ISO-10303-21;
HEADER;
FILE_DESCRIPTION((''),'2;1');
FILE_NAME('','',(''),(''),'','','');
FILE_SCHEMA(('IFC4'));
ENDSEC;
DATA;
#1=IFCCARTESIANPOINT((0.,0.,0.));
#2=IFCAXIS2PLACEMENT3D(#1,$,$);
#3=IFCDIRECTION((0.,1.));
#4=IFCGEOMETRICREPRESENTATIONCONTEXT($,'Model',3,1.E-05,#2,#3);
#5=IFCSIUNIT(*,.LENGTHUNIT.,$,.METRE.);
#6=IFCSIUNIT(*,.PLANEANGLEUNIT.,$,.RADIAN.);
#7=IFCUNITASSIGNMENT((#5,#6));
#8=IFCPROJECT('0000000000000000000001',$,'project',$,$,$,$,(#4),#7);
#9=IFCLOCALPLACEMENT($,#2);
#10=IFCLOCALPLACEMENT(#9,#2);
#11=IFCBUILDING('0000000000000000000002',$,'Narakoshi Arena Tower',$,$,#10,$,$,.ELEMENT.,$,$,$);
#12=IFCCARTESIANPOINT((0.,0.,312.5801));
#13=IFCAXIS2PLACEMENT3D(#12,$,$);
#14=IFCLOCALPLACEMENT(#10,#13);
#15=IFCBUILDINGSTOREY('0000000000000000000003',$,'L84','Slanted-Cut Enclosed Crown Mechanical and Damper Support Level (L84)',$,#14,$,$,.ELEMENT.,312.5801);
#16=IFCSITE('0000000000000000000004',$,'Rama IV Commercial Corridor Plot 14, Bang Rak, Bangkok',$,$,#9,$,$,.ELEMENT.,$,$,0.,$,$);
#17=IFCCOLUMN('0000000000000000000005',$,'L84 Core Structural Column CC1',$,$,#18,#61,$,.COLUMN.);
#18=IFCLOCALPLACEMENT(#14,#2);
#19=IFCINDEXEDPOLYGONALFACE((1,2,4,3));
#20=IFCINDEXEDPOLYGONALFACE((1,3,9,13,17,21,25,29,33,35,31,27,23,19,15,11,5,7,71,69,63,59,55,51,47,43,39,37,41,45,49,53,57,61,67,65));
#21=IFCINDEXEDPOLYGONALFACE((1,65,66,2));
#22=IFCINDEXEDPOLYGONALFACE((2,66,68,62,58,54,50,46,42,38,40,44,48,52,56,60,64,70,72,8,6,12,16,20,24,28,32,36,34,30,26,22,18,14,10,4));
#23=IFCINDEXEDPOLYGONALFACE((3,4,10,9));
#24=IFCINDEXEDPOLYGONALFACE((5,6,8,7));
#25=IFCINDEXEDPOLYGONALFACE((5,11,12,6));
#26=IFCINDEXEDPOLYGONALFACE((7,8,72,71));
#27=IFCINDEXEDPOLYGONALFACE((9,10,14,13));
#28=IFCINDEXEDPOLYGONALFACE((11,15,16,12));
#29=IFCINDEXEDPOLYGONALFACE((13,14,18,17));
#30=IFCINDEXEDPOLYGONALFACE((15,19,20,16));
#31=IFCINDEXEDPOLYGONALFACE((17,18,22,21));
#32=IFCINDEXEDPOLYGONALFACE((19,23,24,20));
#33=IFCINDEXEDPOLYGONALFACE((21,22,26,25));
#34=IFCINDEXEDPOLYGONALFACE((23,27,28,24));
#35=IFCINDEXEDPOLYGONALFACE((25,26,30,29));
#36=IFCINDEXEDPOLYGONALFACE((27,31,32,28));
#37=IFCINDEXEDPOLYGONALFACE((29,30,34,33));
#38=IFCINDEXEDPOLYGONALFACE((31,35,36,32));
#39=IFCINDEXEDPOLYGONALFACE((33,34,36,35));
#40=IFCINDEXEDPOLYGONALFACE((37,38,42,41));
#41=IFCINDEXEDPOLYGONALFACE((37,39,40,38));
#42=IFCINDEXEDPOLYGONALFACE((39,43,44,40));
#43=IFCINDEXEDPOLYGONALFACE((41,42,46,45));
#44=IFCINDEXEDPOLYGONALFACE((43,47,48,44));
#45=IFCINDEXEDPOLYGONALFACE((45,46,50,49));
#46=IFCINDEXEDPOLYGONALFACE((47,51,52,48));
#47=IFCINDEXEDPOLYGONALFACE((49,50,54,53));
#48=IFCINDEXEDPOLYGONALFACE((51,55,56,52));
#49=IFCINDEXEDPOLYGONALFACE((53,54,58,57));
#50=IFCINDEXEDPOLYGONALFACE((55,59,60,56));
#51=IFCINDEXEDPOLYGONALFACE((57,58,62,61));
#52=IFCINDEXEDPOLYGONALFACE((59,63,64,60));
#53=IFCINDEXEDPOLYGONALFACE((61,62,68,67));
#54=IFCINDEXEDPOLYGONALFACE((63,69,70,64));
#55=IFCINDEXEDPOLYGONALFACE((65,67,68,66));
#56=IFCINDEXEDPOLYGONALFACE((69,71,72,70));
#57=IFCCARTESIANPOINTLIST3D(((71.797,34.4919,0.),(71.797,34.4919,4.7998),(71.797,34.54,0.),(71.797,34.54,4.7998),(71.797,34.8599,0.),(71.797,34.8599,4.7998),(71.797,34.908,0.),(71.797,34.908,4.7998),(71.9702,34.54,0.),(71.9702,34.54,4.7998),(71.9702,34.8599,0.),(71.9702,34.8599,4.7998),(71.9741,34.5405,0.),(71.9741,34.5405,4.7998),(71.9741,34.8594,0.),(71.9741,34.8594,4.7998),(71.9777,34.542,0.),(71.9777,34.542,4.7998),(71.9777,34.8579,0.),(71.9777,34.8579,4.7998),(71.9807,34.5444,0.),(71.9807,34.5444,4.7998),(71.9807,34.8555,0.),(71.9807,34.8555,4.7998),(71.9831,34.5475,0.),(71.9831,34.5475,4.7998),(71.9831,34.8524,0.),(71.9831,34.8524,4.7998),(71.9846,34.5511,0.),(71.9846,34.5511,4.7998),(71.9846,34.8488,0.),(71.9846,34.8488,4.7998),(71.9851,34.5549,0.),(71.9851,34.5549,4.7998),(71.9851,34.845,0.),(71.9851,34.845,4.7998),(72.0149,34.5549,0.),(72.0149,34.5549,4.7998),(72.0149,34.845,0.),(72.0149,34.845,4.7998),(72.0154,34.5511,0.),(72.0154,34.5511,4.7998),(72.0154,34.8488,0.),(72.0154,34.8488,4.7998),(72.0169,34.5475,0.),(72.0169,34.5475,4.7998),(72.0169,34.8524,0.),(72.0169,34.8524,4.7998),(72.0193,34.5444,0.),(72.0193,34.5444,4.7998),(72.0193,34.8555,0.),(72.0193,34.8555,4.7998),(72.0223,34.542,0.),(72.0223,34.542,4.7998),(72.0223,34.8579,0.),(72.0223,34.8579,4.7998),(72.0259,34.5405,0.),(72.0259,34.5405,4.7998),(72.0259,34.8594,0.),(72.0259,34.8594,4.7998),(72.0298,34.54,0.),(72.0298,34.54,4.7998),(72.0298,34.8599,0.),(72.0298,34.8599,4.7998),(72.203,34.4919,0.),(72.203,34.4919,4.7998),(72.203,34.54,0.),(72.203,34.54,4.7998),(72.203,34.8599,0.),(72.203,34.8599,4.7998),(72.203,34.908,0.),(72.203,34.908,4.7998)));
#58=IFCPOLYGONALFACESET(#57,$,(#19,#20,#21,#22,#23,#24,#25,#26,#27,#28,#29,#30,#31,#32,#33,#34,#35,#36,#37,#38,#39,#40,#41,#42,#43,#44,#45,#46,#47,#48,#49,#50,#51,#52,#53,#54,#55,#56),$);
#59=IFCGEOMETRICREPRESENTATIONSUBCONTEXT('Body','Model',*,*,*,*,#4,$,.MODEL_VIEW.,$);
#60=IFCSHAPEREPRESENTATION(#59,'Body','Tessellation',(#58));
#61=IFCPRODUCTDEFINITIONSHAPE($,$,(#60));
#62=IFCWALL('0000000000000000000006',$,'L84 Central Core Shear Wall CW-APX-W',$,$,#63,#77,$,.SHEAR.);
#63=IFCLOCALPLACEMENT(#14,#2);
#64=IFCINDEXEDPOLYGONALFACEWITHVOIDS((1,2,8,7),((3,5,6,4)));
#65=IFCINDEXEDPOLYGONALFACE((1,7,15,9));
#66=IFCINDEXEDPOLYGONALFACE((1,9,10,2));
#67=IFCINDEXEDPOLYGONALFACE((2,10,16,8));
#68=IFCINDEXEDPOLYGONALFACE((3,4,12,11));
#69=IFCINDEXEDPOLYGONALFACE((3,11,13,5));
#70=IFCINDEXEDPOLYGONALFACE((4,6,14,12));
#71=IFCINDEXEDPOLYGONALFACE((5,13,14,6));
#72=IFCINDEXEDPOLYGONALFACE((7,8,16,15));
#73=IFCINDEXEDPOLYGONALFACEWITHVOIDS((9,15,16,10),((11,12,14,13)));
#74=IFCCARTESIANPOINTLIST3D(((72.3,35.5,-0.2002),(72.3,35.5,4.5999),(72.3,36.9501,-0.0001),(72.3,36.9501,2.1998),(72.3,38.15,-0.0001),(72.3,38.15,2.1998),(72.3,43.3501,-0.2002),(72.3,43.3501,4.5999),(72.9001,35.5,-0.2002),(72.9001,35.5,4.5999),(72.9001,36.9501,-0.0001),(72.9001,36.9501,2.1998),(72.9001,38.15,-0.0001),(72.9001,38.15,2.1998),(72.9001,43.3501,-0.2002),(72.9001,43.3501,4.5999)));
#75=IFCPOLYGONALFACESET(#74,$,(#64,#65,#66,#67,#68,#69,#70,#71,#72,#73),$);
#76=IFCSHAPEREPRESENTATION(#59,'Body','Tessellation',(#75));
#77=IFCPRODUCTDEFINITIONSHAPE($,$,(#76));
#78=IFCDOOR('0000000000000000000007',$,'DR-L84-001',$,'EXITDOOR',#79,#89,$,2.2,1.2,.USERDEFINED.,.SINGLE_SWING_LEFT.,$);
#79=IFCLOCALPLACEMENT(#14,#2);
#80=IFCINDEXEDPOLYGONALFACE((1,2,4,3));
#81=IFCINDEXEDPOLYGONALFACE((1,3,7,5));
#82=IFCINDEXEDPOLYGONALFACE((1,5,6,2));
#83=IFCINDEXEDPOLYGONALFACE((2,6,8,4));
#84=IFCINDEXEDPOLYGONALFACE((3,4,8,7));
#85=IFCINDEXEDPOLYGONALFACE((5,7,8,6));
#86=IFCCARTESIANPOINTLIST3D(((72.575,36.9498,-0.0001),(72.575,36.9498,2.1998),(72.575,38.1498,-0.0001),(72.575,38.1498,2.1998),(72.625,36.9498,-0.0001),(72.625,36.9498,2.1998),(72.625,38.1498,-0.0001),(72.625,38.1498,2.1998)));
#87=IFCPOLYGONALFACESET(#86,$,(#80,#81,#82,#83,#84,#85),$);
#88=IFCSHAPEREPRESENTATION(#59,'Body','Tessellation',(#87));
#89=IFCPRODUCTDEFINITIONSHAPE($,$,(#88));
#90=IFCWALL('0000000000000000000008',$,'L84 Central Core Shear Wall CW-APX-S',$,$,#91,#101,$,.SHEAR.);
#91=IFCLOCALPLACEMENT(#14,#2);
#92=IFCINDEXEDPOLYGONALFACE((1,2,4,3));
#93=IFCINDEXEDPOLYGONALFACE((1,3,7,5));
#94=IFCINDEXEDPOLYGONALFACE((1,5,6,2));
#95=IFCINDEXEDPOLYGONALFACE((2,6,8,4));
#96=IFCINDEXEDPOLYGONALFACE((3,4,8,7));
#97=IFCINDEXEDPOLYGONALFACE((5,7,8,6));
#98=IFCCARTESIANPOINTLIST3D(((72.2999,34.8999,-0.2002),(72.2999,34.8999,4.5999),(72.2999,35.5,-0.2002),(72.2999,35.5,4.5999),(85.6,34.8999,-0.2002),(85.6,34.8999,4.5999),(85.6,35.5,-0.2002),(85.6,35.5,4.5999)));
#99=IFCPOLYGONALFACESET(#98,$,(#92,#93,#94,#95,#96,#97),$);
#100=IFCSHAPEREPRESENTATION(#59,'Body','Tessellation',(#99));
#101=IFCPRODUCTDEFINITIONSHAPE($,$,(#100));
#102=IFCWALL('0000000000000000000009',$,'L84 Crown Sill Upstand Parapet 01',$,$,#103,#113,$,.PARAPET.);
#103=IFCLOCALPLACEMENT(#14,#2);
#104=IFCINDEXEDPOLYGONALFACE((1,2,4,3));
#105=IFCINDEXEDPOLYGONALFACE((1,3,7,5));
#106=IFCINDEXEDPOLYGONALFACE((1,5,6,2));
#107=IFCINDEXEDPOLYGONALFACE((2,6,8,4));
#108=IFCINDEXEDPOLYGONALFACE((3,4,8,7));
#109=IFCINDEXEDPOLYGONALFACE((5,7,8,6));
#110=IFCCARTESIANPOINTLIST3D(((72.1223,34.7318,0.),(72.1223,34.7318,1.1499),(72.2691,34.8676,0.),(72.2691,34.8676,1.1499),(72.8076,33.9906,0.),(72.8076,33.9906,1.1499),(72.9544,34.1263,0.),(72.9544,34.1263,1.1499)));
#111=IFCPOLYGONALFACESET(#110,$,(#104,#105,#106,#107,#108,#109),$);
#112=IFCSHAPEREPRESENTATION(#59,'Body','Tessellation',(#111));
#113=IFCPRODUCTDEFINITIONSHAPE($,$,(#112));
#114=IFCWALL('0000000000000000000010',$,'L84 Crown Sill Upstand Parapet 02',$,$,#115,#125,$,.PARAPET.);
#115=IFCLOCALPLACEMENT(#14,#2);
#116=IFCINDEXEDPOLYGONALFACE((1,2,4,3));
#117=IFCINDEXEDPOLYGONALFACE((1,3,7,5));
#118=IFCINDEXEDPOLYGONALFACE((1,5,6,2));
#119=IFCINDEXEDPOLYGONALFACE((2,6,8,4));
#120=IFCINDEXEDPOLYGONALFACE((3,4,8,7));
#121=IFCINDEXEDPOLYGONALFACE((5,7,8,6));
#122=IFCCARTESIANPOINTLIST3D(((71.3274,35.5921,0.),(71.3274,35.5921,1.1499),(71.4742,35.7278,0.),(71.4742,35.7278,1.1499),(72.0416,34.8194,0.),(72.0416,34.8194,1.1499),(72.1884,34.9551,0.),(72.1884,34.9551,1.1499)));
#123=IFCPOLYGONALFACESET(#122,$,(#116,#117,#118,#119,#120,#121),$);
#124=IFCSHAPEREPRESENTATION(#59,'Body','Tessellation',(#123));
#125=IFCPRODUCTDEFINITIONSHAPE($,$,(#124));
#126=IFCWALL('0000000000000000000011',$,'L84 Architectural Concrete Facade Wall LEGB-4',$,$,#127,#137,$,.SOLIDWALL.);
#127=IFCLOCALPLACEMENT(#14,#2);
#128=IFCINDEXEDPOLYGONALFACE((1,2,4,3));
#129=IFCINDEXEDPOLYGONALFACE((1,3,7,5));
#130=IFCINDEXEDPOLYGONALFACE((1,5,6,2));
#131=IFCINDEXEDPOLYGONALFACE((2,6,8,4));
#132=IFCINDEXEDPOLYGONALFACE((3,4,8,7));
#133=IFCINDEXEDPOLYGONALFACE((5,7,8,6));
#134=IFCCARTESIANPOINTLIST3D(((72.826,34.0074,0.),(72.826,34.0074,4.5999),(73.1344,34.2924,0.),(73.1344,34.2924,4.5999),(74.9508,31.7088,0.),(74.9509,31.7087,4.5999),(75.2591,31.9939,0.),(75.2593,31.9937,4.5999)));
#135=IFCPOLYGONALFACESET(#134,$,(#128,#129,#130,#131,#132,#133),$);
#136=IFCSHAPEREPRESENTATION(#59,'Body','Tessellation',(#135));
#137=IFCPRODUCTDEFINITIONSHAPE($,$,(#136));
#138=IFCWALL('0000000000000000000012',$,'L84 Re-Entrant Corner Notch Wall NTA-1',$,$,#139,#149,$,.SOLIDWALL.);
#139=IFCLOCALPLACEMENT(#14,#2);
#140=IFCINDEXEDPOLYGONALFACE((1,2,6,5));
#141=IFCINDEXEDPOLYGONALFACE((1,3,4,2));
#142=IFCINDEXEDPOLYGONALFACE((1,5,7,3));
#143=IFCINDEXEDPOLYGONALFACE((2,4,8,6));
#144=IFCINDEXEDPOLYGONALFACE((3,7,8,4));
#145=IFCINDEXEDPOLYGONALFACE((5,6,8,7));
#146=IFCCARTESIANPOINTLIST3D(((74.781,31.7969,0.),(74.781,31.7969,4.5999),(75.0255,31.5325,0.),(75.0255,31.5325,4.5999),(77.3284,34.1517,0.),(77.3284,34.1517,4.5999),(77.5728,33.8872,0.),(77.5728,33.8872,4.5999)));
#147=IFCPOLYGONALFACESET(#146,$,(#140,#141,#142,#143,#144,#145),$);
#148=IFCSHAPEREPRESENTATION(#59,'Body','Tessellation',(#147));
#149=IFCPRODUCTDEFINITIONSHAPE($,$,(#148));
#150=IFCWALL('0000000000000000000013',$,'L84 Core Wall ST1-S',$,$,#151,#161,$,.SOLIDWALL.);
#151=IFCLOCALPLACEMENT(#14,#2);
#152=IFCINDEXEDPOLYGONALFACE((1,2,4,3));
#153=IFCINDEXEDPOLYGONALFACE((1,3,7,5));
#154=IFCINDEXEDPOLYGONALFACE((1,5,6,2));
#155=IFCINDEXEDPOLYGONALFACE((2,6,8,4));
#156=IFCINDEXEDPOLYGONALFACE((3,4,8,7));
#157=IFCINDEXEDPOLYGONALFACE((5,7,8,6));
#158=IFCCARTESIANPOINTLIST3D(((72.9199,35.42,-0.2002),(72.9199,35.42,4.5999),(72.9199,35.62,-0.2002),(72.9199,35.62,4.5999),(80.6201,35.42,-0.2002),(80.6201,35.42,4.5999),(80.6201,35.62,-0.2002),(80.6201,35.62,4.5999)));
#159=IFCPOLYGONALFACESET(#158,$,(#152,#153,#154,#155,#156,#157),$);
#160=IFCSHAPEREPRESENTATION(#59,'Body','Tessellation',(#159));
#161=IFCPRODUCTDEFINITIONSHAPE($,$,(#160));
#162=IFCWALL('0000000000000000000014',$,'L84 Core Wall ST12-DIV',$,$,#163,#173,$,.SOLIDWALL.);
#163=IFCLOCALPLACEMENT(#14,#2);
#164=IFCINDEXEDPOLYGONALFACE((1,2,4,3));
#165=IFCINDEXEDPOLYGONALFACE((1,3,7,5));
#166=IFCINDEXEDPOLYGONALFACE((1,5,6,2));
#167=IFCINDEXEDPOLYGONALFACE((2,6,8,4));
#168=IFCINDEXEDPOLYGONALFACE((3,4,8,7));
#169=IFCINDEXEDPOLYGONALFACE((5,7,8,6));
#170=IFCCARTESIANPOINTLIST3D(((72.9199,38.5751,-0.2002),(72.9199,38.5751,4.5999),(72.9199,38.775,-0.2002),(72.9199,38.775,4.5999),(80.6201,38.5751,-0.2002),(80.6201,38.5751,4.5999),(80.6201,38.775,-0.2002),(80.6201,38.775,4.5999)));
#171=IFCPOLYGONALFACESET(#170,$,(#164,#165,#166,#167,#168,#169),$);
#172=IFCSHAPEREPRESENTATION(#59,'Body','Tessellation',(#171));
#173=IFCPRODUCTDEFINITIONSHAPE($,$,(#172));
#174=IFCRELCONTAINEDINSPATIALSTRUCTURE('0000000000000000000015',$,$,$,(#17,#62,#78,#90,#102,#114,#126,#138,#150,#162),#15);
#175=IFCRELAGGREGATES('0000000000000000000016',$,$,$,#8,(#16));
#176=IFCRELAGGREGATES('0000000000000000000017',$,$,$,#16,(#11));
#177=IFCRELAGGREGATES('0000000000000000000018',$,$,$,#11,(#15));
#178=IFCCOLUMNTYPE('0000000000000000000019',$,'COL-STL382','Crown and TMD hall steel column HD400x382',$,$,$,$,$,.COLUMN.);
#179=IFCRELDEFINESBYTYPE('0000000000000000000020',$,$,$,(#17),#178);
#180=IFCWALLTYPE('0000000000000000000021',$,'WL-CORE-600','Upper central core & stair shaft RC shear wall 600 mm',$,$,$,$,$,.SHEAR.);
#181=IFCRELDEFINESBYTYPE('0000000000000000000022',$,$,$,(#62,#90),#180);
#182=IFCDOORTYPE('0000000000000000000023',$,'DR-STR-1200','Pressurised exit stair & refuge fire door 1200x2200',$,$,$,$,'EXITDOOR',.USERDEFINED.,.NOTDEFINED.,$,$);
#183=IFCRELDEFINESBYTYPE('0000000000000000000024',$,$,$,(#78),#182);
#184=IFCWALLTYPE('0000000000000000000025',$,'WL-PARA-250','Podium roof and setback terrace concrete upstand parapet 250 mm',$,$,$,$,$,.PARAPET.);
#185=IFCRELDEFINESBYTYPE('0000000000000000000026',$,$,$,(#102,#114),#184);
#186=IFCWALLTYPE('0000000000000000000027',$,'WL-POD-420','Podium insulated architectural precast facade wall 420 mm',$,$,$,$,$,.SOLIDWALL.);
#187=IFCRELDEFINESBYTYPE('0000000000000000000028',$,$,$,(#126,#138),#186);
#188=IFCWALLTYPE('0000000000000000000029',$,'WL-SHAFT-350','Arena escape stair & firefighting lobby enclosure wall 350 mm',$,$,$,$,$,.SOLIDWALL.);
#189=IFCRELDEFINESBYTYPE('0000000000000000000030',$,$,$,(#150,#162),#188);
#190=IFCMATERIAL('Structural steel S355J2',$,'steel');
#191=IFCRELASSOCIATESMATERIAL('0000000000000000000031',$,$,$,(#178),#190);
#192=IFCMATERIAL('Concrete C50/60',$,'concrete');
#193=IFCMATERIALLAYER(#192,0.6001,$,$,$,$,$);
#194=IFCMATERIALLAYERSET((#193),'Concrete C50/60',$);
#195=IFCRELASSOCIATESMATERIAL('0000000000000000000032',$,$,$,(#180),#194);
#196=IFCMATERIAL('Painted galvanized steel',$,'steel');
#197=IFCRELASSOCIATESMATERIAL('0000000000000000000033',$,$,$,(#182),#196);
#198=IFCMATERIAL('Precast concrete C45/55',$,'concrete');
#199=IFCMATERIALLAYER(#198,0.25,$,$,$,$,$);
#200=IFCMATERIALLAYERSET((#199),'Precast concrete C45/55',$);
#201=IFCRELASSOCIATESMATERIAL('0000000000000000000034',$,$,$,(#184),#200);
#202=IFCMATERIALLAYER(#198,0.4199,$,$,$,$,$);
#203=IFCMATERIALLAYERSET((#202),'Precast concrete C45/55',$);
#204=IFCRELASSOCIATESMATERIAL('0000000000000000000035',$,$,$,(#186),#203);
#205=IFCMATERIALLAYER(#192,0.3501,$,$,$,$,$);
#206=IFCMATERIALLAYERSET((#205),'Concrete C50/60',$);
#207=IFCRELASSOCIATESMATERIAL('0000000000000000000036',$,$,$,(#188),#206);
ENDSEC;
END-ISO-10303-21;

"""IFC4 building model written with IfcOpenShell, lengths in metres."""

from ifc_helpers import new_model, si_unit, direction, frame, frame_2d, origin, origin_2d, place, context, subcontext, project, spatial, polyline, rectangle, i_section, outline, extrude, material, layer, layer_set, material_profile, profile_set, type_object, element, fill, save


model = new_model("IFC4")

# Units and contexts
model_context = context("Model", 3, precision=1e-05, world=origin(), true_north=direction((0.0, 1.0)))
body_context = subcontext(model_context, "Body", "Model", "MODEL_VIEW")
ifc_project = project(units=[si_unit("LENGTHUNIT", "METRE"), si_unit("PLANEANGLEUNIT", "RADIAN")], contexts=[model_context])

# Site, building, storey
site_placement = place(None, origin())
site = spatial("IfcSite", under=ifc_project, at=site_placement, Name="Rama IV Commercial Corridor Plot 14, Bang Rak, Bangkok", CompositionType="ELEMENT", RefElevation=0.0)
building_placement = place(site_placement, origin())
building = spatial("IfcBuilding", under=site, at=building_placement, Name="Narakoshi Arena Tower", CompositionType="ELEMENT")
storey_placement = place(building_placement, frame((0.0, 0.0, 312.5801)))
storey = spatial("IfcBuildingStorey", under=building, at=storey_placement, Name="L84", Description="Slanted-Cut Enclosed Crown Mechanical and Damper Support Level (L84)", CompositionType="ELEMENT", Elevation=312.5801)

# Column
ifc_material_1 = material(Name="Structural steel S355J2", Category="steel")
ifc_material_profile = material_profile(ifc_material_1, i_section(OverallWidth=0.406, OverallDepth=0.416, WebThickness=0.0298, FlangeThickness=0.0481, FilletRadius=0.0149, at=origin_2d()), Name="HD400x382")
ifc_profile_set = profile_set([ifc_material_profile], Name="Structural steel S355J2")
column_type = type_object("IfcColumnType", Name="COL-STL382", Description="Crown and TMD hall steel column HD400x382", PredefinedType="COLUMN", material=ifc_profile_set)
column_placement = place(storey_placement, frame((72.0, 34.7, 0.0), z_axis=(0.0, 0.0, 1.0), x_axis=(1.0, 0.0, 0.0)))
element("IfcColumn", 1, at=column_placement, inside=storey, type_object=column_type, Name="L84 Core Structural Column CC1", PredefinedType="COLUMN", context=body_context, shape_type="SweptSolid", body=[
    extrude(i_section(OverallWidth=0.406, OverallDepth=0.416, WebThickness=0.0298, FlangeThickness=0.0481, FilletRadius=0.0149, at=origin_2d()), origin(), (0.0, 0.0, 1.0), 4.7998),
])

# Wall, opening, door
ifc_material_2 = material(Name="Concrete C50/60", Category="concrete")
ifc_layer_1 = layer(ifc_material_2, 0.6001)
ifc_layer_set_1 = layer_set([ifc_layer_1], Name="Concrete C50/60")
wall_type_1 = type_object("IfcWallType", Name="WL-CORE-600", Description="Upper central core & stair shaft RC shear wall 600 mm", PredefinedType="SHEAR", material=ifc_layer_set_1)
wall_1_placement = place(storey_placement, frame((72.6001, 35.5, -0.2002), z_axis=(0.0, 0.0, 1.0), x_axis=(0.0, 1.0, 0.0)))
wall_1 = element("IfcWall", 2, at=wall_1_placement, inside=storey, type_object=wall_type_1, Name="L84 Central Core Shear Wall CW-APX-W", PredefinedType="SHEAR", context=body_context, shape_type="SweptSolid", body=[
    extrude(rectangle(XDim=7.8501, YDim=0.6001, at=frame_2d((3.925, 0.0))), origin(), (0.0, 0.0, 1.0), 4.8),
])
opening_placement = place(wall_1_placement, frame((1.45, 0.0, 0.2)))
opening = element("IfcOpeningElement", 3, at=opening_placement, cuts=wall_1, PredefinedType="OPENING", context=body_context, shape_type="SweptSolid", body=[
    extrude(rectangle(XDim=1.2, YDim=2.2, at=frame_2d((0.6001, 1.1001))), frame((0.0, 0.3101, 0.0), z_axis=(0.0, -1.0, 0.0), x_axis=(1.0, 0.0, 0.0)), (0.0, 0.0, 1.0), 0.6201),
])
ifc_material_3 = material(Name="Painted galvanized steel", Category="steel")
door_type = type_object("IfcDoorType", Name="DR-STR-1200", Description="Pressurised exit stair & refuge fire door 1200x2200", ElementType="EXITDOOR", OperationType="NOTDEFINED", PredefinedType="USERDEFINED", material=ifc_material_3)
door_placement = place(opening_placement, frame((1.2, 0.0, 0.0), z_axis=(0.0, 0.0, 1.0), x_axis=(-1.0, 0.0, 0.0)))
door = element("IfcDoor", 4, at=door_placement, inside=storey, type_object=door_type, Name="DR-L84-001", ObjectType="EXITDOOR", OperationType="SINGLE_SWING_LEFT", OverallHeight=2.2, OverallWidth=1.2, PredefinedType="USERDEFINED", context=body_context, shape_type="SweptSolid", body=[
    extrude(rectangle(XDim=1.2, YDim=2.2, at=frame_2d((0.6001, 1.1001))), frame((0.0, 0.0249, 0.0), z_axis=(0.0, -1.0, 0.0), x_axis=(1.0, 0.0, 0.0)), (0.0, 0.0, 1.0), 0.05),
])
fill(opening, door)

# Walls
wall_2_placement = place(storey_placement, frame((72.3, 35.2, -0.2002), z_axis=(0.0, 0.0, 1.0), x_axis=(1.0, 0.0, 0.0)))
element("IfcWall", 5, at=wall_2_placement, inside=storey, type_object=wall_type_1, Name="L84 Central Core Shear Wall CW-APX-S", PredefinedType="SHEAR", context=body_context, shape_type="SweptSolid", body=[
    extrude(rectangle(XDim=13.3, YDim=0.6001, at=frame_2d((6.6499, 0.0))), origin(), (0.0, 0.0, 1.0), 4.8),
])
ifc_material_4 = material(Name="Precast concrete C45/55", Category="concrete")
ifc_layer_2 = layer(ifc_material_4, 0.25)
ifc_layer_set_2 = layer_set([ifc_layer_2], Name="Precast concrete C45/55")
wall_type_2 = type_object("IfcWallType", Name="WL-PARA-250", Description="Podium roof and setback terrace concrete upstand parapet 250 mm", PredefinedType="PARAPET", material=ifc_layer_set_2)
wall_3_placement = place(storey_placement, frame((72.8811, 34.0583, 0.0), z_axis=(0.0, 0.0, 1.0), x_axis=(-0.678873, 0.734256, 0.0)))
element("IfcWall", 6, at=wall_3_placement, inside=storey, type_object=wall_type_2, Name="L84 Crown Sill Upstand Parapet 01", PredefinedType="PARAPET", context=body_context, shape_type="SweptSolid", body=[
    extrude(rectangle(XDim=1.0095, YDim=0.2, at=frame_2d((0.5049, 0.0))), origin(), (0.0, 0.0, 1.0), 1.1499),
])
wall_4_placement = place(storey_placement, frame((72.115, 34.8872, 0.0), z_axis=(0.0, 0.0, 1.0), x_axis=(-0.678714, 0.734403, 0.0)))
element("IfcWall", 7, at=wall_4_placement, inside=storey, type_object=wall_type_2, Name="L84 Crown Sill Upstand Parapet 02", PredefinedType="PARAPET", context=body_context, shape_type="SweptSolid", body=[
    extrude(rectangle(XDim=1.0522, YDim=0.2, at=frame_2d((0.5261, 0.0))), origin(), (0.0, 0.0, 1.0), 1.1499),
])
ifc_layer_3 = layer(ifc_material_4, 0.4199)
ifc_layer_set_3 = layer_set([ifc_layer_3], Name="Precast concrete C45/55")
wall_type_3 = type_object("IfcWallType", Name="WL-POD-420", Description="Podium insulated architectural precast facade wall 420 mm", PredefinedType="SOLIDWALL", material=ifc_layer_set_3)
wall_5_placement = place(storey_placement, frame((72.9802, 34.1499, 0.0), z_axis=(0.0, 0.0, 1.0), x_axis=(0.678795, -0.734328, 0.0)))
element("IfcWall", 8, at=wall_5_placement, inside=storey, type_object=wall_type_3, Name="L84 Architectural Concrete Facade Wall LEGB-4", PredefinedType="SOLIDWALL", context=body_context, shape_type="SweptSolid", body=[
    extrude(outline(polyline([(0.0, 0.0), (3.1301, 0.0), (3.1304, 4.5999), (0.0, 4.5999), (0.0, 0.0)])), frame((0.0, 0.21, 0.0), z_axis=(0.0, -1.0, 0.0), x_axis=(1.0, 0.0, 0.0)), (0.0, 0.0, 1.0), 0.4199),
])
wall_6_placement = place(storey_placement, frame((74.9033, 31.6648, 0.0), z_axis=(0.0, 0.0, 1.0), x_axis=(0.734326, 0.678797, 0.0)))
element("IfcWall", 9, at=wall_6_placement, inside=storey, type_object=wall_type_3, Name="L84 Re-Entrant Corner Notch Wall NTA-1", PredefinedType="SOLIDWALL", context=body_context, shape_type="SweptSolid", body=[
    extrude(rectangle(XDim=3.469, YDim=0.3601, at=frame_2d((1.7344, 0.0))), origin(), (0.0, 0.0, 1.0), 4.5999),
])
ifc_layer_4 = layer(ifc_material_2, 0.3501)
ifc_layer_set_4 = layer_set([ifc_layer_4], Name="Concrete C50/60")
wall_type_4 = type_object("IfcWallType", Name="WL-SHAFT-350", Description="Arena escape stair & firefighting lobby enclosure wall 350 mm", PredefinedType="SOLIDWALL", material=ifc_layer_set_4)
for number, where, z_axis, x_axis, name in (
    (10, (72.9199, 35.52, -0.2002), (0.0, 0.0, 1.0), (1.0, 0.0, 0.0), "L84 Core Wall ST1-S"),
    (11, (72.9199, 38.675, -0.2002), (0.0, 0.0, 1.0), (1.0, 0.0, 0.0), "L84 Core Wall ST12-DIV"),
):
    element("IfcWall", number, at=place(storey_placement, frame(where, z_axis=z_axis, x_axis=x_axis)), inside=storey, type_object=wall_type_4, Name=name, PredefinedType="SOLIDWALL", context=body_context, shape_type="SweptSolid", body=[
        extrude(rectangle(XDim=7.7002, YDim=0.2, at=frame_2d((3.8501, 0.0))), origin(), (0.0, 0.0, 1.0), 4.8),
    ])

save(model, "model.ifc")
